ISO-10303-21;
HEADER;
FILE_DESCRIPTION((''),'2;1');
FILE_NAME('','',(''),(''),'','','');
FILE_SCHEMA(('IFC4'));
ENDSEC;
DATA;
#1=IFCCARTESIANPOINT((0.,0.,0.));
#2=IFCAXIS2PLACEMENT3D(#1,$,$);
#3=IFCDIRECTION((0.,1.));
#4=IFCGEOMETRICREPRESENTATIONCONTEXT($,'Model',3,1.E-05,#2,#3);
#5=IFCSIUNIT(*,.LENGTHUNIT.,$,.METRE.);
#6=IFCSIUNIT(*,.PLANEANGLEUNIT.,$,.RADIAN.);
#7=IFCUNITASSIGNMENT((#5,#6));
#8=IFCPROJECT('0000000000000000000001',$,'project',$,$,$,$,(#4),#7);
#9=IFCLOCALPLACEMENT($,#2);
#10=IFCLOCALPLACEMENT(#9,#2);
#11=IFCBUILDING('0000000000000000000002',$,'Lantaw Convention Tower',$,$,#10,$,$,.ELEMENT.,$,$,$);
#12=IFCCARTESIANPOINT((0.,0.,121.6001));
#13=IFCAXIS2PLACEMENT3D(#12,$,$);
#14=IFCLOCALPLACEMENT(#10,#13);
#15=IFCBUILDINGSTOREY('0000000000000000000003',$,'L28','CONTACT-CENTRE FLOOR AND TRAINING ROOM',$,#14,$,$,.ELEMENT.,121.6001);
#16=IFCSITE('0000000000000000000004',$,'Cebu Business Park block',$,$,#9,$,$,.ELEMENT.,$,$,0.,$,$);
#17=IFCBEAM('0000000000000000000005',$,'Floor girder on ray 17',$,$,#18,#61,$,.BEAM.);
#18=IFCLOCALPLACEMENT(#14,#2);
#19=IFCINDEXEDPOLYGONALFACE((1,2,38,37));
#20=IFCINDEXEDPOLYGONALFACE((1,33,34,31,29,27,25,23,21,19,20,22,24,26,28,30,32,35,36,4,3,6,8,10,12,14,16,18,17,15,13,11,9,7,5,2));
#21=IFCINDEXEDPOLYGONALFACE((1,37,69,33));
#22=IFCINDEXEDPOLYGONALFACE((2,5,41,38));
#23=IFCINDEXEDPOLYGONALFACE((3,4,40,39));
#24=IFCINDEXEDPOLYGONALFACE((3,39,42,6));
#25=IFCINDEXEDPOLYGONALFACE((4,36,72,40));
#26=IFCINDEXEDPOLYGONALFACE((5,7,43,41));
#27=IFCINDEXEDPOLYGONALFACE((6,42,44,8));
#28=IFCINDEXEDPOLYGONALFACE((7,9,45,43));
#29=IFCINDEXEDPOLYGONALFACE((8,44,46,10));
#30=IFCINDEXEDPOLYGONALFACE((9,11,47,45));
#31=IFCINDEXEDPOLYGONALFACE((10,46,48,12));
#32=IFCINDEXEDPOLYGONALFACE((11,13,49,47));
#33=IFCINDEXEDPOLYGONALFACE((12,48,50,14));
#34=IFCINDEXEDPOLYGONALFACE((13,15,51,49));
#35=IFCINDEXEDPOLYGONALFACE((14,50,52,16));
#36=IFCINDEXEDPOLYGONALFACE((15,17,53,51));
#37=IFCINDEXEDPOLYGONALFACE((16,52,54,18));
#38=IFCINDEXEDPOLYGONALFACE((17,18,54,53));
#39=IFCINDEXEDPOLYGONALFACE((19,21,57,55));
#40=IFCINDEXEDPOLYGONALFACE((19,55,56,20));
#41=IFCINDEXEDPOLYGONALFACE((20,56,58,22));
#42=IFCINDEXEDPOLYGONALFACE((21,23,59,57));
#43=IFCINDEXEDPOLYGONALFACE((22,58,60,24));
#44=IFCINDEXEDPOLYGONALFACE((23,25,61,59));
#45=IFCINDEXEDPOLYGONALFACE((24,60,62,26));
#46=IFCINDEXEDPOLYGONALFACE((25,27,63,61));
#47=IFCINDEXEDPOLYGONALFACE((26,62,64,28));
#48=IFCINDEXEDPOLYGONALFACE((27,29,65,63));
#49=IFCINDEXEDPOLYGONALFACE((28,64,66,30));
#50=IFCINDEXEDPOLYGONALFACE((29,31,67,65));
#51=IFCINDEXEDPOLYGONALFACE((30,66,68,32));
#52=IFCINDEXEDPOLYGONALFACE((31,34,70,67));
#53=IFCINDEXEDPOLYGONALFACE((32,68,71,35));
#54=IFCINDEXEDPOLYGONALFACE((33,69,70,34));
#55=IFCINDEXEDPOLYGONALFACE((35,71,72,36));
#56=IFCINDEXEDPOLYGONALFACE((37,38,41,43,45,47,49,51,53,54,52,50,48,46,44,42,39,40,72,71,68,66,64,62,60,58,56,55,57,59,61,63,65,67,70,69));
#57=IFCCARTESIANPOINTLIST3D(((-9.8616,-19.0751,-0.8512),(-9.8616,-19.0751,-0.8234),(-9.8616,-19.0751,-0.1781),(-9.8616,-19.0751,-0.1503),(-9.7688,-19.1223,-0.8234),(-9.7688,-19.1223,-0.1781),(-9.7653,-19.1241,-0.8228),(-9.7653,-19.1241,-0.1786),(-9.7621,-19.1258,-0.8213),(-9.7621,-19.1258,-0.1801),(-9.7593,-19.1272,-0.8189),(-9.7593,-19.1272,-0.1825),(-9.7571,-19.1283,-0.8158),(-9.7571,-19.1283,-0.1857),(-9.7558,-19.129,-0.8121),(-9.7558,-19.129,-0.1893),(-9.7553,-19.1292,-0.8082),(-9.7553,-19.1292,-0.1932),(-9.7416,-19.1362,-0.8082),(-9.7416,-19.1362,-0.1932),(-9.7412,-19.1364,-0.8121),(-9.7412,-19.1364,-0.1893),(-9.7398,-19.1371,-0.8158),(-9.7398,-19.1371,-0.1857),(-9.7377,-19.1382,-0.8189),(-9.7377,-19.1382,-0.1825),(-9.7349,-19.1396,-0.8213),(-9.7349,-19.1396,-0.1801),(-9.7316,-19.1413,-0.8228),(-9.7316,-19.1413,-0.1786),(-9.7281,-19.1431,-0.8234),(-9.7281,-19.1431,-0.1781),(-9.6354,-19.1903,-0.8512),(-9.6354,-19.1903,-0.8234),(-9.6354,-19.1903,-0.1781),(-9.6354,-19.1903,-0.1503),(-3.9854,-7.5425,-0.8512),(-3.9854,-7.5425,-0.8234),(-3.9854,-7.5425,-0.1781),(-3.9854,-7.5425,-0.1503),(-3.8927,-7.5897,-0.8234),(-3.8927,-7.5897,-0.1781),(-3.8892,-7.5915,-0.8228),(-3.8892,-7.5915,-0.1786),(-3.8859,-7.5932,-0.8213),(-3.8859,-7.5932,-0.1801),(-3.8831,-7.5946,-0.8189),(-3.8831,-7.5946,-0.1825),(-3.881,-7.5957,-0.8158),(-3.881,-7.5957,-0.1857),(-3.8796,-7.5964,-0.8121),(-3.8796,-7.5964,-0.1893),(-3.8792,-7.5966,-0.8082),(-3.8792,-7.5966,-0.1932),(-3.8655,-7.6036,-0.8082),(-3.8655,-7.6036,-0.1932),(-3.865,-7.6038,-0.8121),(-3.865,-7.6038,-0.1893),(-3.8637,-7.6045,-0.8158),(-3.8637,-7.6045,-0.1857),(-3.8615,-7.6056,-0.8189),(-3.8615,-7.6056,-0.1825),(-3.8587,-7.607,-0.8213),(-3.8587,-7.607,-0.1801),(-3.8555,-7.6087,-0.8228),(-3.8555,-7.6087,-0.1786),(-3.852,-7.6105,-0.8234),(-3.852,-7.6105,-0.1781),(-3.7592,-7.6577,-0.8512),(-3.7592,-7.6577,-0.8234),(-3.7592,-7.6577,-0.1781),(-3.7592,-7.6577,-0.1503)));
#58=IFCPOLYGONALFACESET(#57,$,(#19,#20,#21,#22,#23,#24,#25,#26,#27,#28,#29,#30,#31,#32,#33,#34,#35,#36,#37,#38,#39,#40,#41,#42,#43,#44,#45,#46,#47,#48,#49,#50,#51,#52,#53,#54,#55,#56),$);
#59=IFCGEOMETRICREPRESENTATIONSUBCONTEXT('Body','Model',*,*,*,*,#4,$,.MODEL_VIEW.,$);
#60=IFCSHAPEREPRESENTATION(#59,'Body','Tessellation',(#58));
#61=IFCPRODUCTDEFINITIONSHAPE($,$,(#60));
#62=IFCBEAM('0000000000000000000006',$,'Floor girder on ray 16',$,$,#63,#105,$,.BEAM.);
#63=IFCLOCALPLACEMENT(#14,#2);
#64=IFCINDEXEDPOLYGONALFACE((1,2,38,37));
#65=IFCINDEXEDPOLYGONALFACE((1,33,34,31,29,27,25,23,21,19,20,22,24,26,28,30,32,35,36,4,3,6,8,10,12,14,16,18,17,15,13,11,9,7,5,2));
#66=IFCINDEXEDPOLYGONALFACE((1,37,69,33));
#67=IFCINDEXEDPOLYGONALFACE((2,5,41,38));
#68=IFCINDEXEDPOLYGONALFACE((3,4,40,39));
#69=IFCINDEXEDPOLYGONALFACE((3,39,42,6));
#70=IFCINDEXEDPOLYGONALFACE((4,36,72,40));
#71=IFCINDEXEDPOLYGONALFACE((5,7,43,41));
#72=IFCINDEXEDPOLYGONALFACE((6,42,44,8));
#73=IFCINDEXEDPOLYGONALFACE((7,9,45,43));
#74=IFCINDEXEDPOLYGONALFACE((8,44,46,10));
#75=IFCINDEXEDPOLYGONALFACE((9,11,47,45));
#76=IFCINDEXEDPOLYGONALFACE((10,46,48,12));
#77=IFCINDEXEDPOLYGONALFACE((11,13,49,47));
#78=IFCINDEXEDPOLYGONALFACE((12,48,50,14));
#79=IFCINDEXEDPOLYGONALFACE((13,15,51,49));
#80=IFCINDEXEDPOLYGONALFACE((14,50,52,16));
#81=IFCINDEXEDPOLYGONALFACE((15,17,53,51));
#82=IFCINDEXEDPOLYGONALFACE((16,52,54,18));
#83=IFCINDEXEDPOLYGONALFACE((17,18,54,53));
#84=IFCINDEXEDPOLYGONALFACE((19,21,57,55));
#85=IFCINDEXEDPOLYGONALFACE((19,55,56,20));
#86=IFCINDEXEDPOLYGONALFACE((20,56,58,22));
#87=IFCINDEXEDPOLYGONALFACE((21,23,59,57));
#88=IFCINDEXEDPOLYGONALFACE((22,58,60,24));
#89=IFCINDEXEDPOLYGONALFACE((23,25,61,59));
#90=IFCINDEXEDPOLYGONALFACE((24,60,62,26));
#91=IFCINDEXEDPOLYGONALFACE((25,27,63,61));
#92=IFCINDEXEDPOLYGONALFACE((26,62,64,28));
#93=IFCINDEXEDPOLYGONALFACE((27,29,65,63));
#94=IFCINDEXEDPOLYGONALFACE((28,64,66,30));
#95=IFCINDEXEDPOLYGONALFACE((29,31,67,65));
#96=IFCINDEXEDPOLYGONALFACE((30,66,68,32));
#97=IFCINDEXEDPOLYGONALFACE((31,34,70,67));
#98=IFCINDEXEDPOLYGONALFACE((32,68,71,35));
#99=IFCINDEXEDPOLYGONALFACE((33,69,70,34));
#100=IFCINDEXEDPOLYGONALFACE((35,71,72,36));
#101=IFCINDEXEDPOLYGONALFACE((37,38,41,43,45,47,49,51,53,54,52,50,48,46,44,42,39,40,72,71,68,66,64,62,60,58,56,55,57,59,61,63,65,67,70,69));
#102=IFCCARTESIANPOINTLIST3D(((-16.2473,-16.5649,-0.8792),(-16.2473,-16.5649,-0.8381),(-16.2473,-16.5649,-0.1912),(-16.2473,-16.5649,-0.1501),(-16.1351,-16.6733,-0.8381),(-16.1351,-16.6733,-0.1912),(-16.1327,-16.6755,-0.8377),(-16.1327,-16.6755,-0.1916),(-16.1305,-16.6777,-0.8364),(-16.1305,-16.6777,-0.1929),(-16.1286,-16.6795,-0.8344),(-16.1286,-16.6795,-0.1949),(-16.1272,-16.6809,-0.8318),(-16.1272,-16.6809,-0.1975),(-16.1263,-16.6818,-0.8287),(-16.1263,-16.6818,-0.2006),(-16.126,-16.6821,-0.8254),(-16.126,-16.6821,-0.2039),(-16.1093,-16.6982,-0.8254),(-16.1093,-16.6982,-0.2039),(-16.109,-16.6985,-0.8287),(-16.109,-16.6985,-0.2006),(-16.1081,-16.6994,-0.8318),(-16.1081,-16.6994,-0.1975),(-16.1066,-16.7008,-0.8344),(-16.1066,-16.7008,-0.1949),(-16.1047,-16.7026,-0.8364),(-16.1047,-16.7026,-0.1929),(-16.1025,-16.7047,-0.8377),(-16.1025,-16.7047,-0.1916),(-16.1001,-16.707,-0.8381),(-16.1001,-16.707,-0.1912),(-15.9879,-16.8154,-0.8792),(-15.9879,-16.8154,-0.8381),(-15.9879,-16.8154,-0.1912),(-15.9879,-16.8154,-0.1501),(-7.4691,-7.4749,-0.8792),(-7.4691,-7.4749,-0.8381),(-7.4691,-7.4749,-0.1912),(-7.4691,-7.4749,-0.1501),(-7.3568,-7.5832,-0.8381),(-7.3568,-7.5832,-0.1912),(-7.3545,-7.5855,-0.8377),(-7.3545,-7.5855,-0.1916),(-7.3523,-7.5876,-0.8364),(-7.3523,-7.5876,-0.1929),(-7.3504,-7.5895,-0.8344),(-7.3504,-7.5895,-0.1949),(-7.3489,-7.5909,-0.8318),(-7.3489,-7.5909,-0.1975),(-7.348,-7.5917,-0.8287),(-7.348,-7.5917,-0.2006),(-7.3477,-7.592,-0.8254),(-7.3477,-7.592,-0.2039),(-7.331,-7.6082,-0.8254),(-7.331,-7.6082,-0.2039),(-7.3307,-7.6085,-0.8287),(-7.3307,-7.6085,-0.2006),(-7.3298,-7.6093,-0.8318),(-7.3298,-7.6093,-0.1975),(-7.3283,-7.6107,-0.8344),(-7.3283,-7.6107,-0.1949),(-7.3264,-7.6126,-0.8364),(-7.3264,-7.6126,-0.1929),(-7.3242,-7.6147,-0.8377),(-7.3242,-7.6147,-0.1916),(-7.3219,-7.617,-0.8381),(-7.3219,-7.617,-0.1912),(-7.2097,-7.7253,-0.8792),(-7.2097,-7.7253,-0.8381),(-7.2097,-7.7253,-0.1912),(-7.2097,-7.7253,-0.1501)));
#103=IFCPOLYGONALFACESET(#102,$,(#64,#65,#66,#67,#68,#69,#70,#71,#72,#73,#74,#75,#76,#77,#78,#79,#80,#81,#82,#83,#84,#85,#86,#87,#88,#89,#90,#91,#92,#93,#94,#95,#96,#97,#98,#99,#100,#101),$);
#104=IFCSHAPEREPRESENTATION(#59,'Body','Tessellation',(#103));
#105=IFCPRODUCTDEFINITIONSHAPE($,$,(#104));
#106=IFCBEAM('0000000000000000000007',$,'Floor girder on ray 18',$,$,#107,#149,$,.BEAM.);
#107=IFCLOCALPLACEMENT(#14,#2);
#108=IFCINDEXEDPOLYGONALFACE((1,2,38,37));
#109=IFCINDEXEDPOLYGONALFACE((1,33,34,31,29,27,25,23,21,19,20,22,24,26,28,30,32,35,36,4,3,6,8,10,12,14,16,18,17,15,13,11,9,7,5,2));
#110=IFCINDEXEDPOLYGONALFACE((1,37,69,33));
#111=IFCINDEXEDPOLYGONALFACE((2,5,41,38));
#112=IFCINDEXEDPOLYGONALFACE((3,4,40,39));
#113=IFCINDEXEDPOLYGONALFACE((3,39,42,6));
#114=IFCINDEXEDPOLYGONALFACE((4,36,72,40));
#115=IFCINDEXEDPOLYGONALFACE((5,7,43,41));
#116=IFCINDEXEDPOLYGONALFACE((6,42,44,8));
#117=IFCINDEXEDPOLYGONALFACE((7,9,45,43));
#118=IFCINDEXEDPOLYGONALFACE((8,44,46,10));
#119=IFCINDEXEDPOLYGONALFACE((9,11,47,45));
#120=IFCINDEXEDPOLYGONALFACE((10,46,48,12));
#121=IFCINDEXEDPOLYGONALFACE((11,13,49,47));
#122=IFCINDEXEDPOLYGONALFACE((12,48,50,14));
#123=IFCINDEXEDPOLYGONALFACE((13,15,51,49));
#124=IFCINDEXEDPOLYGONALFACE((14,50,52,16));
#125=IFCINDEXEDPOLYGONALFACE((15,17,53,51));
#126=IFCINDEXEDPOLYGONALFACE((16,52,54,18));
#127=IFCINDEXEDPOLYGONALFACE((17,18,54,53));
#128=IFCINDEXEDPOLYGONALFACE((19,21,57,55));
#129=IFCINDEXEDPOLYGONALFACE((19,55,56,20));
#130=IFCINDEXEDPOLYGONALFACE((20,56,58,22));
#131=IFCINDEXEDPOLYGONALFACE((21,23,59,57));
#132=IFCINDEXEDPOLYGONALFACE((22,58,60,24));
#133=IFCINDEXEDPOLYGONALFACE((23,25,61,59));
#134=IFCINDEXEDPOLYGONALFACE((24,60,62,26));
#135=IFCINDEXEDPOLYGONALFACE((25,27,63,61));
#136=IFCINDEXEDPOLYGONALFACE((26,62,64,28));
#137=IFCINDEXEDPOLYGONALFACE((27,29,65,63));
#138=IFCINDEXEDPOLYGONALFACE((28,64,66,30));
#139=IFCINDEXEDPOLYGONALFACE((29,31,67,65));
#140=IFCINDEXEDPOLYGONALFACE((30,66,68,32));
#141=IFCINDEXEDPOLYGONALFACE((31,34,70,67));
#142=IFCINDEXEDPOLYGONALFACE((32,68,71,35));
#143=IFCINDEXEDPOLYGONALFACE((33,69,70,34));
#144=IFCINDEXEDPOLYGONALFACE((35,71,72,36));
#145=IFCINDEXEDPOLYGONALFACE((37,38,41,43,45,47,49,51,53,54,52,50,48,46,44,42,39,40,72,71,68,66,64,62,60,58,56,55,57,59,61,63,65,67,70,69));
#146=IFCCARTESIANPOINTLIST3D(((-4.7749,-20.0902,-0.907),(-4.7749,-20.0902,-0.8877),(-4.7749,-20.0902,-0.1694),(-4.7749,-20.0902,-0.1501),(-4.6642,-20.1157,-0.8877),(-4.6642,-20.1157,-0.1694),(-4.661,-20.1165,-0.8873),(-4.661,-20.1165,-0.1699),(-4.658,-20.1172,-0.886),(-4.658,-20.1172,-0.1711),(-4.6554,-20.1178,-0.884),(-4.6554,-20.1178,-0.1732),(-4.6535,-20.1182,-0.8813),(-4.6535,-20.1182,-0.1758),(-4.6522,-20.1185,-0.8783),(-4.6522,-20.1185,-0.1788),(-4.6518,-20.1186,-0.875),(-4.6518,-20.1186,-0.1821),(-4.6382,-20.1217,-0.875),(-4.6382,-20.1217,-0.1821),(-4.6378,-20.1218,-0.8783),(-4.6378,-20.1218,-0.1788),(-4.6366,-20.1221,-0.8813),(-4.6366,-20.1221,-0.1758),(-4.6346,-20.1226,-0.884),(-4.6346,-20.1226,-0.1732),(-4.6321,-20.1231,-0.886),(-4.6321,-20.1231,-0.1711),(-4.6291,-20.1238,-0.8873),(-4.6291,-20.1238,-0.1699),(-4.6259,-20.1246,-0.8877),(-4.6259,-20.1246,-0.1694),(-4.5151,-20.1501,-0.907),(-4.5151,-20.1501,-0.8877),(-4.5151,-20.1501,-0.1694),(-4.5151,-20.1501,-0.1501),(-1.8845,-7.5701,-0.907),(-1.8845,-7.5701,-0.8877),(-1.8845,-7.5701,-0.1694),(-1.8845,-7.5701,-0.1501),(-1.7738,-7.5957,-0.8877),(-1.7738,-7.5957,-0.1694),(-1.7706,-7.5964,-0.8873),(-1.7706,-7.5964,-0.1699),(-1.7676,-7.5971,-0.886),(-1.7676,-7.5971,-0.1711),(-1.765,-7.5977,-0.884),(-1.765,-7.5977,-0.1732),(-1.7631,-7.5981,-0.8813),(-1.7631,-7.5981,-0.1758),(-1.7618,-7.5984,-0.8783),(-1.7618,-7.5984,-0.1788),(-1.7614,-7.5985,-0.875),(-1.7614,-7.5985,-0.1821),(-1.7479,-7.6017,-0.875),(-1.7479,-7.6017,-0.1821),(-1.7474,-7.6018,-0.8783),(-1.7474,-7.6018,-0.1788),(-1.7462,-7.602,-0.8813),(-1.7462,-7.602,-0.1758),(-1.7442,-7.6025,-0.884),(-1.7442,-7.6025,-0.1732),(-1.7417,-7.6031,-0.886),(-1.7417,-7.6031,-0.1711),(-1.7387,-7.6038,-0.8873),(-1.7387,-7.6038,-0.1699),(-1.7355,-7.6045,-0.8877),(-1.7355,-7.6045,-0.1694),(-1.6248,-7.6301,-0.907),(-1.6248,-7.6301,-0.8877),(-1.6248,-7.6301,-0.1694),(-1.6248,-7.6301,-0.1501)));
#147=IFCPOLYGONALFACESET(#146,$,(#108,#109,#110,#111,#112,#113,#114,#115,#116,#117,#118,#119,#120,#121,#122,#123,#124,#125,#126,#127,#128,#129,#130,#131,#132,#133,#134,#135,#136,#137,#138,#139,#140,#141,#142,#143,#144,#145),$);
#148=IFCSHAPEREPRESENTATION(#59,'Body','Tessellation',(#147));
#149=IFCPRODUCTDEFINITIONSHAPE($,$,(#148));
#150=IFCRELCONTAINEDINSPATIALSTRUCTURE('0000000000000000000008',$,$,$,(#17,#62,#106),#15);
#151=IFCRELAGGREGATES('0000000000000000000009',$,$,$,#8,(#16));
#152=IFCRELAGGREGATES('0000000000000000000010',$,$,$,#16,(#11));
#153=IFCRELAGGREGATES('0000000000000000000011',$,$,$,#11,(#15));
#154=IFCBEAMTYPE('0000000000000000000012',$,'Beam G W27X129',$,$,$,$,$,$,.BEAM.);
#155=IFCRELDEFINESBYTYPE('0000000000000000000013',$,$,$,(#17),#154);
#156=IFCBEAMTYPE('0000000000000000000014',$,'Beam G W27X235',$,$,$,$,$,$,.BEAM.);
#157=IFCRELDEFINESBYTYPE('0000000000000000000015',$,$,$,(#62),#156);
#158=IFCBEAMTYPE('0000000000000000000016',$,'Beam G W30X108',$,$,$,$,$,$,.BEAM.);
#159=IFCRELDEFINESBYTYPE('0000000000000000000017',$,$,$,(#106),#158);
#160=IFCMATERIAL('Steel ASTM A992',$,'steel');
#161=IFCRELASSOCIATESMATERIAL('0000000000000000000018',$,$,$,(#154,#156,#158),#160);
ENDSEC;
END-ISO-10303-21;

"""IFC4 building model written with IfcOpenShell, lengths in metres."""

from ifc_helpers import new_model, si_unit, direction, frame, origin, origin_2d, place, context, subcontext, project, spatial, i_section, extrude, material, material_profile, profile_set, type_object, element, save


model = new_model("IFC4")

# Units and contexts
model_context = context("Model", 3, precision=1e-05, world=origin(), true_north=direction((0.0, 1.0)))
body_context = subcontext(model_context, "Body", "Model", "MODEL_VIEW")
ifc_project = project(units=[si_unit("LENGTHUNIT", "METRE"), si_unit("PLANEANGLEUNIT", "RADIAN")], contexts=[model_context])

# Site, building, storey
site_placement = place(None, origin())
site = spatial("IfcSite", under=ifc_project, at=site_placement, Name="Cebu Business Park block", CompositionType="ELEMENT", RefElevation=0.0)
building_placement = place(site_placement, origin())
building = spatial("IfcBuilding", under=site, at=building_placement, Name="Lantaw Convention Tower", CompositionType="ELEMENT")
storey_placement = place(building_placement, frame((0.0, 0.0, 121.6001)))
storey = spatial("IfcBuildingStorey", under=building, at=storey_placement, Name="L28", Description="CONTACT-CENTRE FLOOR AND TRAINING ROOM", CompositionType="ELEMENT", Elevation=121.6001)

# Beams
ifc_material_1 = material(Name="Steel ASTM A992", Category="steel")
ifc_material_profile_1 = material_profile(ifc_material_1, i_section(OverallWidth=0.2539, OverallDepth=0.7009, WebThickness=0.0154, FlangeThickness=0.0278, FilletRadius=0.0151, at=origin_2d()), Name="W27X129")
ifc_profile_set_1 = profile_set([ifc_material_profile_1], Name="Steel ASTM A992")
beam_type_1 = type_object("IfcBeamType", Name="Beam G W27X129", PredefinedType="BEAM", material=ifc_profile_set_1)
beam_1_placement = place(storey_placement, frame((-3.8723, -7.6001, -0.5007), z_axis=(-0.453991, -0.891006, 0.0), x_axis=(0.891006, -0.453991, 0.0)))
element("IfcBeam", 1, at=beam_1_placement, inside=storey, type_object=beam_type_1, Name="Floor girder on ray 17", PredefinedType="BEAM", context=body_context, shape_type="SweptSolid", body=[
    extrude(i_section(OverallWidth=0.2539, OverallDepth=0.7009, WebThickness=0.0154, FlangeThickness=0.0278, FilletRadius=0.0151, at=origin_2d()), origin(), (0.0, 0.0, 1.0), 12.9434),
])
ifc_material_profile_2 = material_profile(ifc_material_1, i_section(OverallWidth=0.3606, OverallDepth=0.729, WebThickness=0.0232, FlangeThickness=0.041, FilletRadius=0.0127, at=origin_2d()), Name="W27X235")
ifc_profile_set_2 = profile_set([ifc_material_profile_2], Name="Steel ASTM A992")
beam_type_2 = type_object("IfcBeamType", Name="Beam G W27X235", PredefinedType="BEAM", material=ifc_profile_set_2)
beam_2_placement = place(storey_placement, frame((-7.3394, -7.6001, -0.5146), z_axis=(-0.694663, -0.719335, 0.0), x_axis=(0.719335, -0.694663, 0.0)))
element("IfcBeam", 2, at=beam_2_placement, inside=storey, type_object=beam_type_2, Name="Floor girder on ray 16", PredefinedType="BEAM", context=body_context, shape_type="SweptSolid", body=[
    extrude(i_section(OverallWidth=0.3606, OverallDepth=0.729, WebThickness=0.0232, FlangeThickness=0.041, FilletRadius=0.0127, at=origin_2d()), origin(), (0.0, 0.0, 1.0), 12.6367),
])
ifc_material_profile_3 = material_profile(ifc_material_1, i_section(OverallWidth=0.2666, OverallDepth=0.7568, WebThickness=0.0139, FlangeThickness=0.0193, FilletRadius=0.0127, at=origin_2d()), Name="W30X108")
ifc_profile_set_3 = profile_set([ifc_material_profile_3], Name="Steel ASTM A992")
beam_type_3 = type_object("IfcBeamType", Name="Beam G W30X108", PredefinedType="BEAM", material=ifc_profile_set_3)
beam_3_placement = place(storey_placement, frame((-1.7546, -7.6001, -0.5286), z_axis=(-0.224944, -0.974372, 0.0), x_axis=(0.974372, -0.224944, 0.0)))
element("IfcBeam", 3, at=beam_3_placement, inside=storey, type_object=beam_type_3, Name="Floor girder on ray 18", PredefinedType="BEAM", context=body_context, shape_type="SweptSolid", body=[
    extrude(i_section(OverallWidth=0.2666, OverallDepth=0.7568, WebThickness=0.0139, FlangeThickness=0.0193, FilletRadius=0.0127, at=origin_2d()), origin(), (0.0, 0.0, 1.0), 12.8494),
])

save(model, "model.ifc")
